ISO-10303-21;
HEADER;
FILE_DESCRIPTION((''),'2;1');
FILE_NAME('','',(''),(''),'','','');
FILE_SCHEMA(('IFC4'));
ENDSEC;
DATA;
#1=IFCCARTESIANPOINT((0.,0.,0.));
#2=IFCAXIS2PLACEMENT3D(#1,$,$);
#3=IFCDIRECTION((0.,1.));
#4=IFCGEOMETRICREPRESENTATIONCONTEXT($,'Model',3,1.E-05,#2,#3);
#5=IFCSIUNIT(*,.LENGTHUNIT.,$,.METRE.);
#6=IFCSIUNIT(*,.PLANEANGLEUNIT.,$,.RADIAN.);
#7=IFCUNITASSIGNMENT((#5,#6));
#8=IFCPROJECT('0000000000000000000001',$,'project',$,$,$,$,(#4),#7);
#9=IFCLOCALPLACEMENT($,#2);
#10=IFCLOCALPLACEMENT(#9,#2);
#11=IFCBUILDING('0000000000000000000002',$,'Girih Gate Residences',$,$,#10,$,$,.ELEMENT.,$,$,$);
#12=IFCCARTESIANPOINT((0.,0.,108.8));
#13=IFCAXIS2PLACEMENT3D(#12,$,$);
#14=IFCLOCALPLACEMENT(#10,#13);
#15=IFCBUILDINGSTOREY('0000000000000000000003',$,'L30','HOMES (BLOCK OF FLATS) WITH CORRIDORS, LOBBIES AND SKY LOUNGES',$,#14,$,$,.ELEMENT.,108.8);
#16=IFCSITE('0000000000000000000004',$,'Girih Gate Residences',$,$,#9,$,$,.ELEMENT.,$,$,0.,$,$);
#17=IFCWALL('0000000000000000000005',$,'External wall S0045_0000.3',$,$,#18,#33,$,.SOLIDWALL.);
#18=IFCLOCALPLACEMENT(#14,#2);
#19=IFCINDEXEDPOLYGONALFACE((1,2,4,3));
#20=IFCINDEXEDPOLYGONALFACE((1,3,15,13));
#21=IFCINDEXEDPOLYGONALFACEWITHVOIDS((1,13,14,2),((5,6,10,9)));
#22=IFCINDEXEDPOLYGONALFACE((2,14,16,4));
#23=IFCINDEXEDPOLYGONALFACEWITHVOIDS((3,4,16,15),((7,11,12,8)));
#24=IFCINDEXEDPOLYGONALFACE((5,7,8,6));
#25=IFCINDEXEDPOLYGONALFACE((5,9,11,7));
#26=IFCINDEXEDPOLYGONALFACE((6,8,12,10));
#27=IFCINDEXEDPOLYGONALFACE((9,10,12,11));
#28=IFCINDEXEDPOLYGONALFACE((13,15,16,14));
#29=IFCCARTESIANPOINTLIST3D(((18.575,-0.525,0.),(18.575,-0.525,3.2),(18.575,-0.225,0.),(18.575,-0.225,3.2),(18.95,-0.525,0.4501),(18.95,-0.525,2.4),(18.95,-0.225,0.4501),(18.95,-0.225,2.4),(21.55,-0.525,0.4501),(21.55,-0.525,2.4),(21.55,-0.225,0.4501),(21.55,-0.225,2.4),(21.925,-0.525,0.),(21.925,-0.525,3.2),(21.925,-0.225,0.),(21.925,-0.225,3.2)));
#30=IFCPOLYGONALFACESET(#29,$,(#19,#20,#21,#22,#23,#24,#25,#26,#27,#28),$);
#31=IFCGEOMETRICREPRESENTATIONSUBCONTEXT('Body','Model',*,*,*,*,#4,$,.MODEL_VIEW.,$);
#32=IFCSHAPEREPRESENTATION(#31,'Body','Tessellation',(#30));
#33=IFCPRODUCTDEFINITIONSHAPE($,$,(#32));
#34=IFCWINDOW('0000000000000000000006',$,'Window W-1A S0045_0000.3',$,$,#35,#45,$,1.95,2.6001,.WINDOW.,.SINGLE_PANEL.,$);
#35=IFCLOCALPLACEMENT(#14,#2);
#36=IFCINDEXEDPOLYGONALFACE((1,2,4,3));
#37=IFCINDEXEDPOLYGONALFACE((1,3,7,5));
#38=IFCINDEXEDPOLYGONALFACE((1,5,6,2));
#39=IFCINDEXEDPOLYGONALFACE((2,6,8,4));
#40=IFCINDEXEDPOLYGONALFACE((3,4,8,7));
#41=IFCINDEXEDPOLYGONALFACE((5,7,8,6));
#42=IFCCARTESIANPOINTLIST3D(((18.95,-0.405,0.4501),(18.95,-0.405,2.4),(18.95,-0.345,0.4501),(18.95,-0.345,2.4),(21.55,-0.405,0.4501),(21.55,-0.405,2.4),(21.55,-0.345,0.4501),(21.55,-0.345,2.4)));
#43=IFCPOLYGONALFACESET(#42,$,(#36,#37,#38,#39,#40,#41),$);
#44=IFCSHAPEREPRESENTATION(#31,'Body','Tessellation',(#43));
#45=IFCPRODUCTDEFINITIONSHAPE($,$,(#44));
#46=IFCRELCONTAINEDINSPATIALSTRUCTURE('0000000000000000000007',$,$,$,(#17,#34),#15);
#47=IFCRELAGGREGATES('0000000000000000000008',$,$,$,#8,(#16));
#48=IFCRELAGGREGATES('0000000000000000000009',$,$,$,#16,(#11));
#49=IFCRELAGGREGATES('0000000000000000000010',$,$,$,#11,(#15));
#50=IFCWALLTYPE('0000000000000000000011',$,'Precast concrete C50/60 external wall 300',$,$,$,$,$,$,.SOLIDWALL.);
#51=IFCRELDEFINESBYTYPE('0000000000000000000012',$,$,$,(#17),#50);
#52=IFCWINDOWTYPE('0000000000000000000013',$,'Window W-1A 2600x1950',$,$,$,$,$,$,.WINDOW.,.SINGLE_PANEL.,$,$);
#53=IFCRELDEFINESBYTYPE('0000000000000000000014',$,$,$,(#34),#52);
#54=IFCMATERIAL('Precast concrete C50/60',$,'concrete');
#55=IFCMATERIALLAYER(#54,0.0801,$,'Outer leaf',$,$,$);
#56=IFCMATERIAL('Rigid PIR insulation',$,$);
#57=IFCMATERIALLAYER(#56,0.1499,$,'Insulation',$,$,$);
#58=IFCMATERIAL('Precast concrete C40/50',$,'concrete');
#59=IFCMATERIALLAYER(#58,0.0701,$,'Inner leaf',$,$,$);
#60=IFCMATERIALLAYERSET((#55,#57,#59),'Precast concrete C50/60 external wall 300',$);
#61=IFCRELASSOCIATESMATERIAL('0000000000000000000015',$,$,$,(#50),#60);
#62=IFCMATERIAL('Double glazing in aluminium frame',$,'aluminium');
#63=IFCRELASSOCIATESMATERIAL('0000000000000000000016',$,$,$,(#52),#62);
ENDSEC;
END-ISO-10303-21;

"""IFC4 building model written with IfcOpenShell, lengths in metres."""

from ifc_helpers import new_model, si_unit, direction, frame, frame_2d, origin, place, context, subcontext, project, spatial, rectangle, extrude, material, layer, layer_set, type_object, element, fill, save


model = new_model("IFC4")

# Units and contexts
model_context = context("Model", 3, precision=1e-05, world=origin(), true_north=direction((0.0, 1.0)))
body_context = subcontext(model_context, "Body", "Model", "MODEL_VIEW")
ifc_project = project(units=[si_unit("LENGTHUNIT", "METRE"), si_unit("PLANEANGLEUNIT", "RADIAN")], contexts=[model_context])

# Site, building, storey
site_placement = place(None, origin())
site = spatial("IfcSite", under=ifc_project, at=site_placement, Name="Girih Gate Residences", CompositionType="ELEMENT", RefElevation=0.0)
building_placement = place(site_placement, origin())
building = spatial("IfcBuilding", under=site, at=building_placement, Name="Girih Gate Residences", CompositionType="ELEMENT")
storey_placement = place(building_placement, frame((0.0, 0.0, 108.8)))
storey = spatial("IfcBuildingStorey", under=building, at=storey_placement, Name="L30", Description="HOMES (BLOCK OF FLATS) WITH CORRIDORS, LOBBIES AND SKY LOUNGES", CompositionType="ELEMENT", Elevation=108.8)

# Wall, opening, window
ifc_material_1 = material(Name="Precast concrete C50/60", Category="concrete")
ifc_layer_1 = layer(ifc_material_1, 0.0801, Name="Outer leaf")
ifc_material_2 = material(Name="Rigid PIR insulation")
ifc_layer_2 = layer(ifc_material_2, 0.1499, Name="Insulation")
ifc_material_3 = material(Name="Precast concrete C40/50", Category="concrete")
ifc_layer_3 = layer(ifc_material_3, 0.0701, Name="Inner leaf")
ifc_layer_set_1 = layer_set([ifc_layer_1, ifc_layer_2, ifc_layer_3], Name="Precast concrete C50/60 external wall 300")
wall_type_1 = type_object("IfcWallType", Name="Precast concrete C50/60 external wall 300", PredefinedType="SOLIDWALL", material=ifc_layer_set_1)
ifc_material_4 = material(Name="Double glazing in aluminium frame", Category="aluminium")
window_type = type_object("IfcWindowType", Name="Window W-1A 2600x1950", PartitioningType="SINGLE_PANEL", PredefinedType="WINDOW", material=ifc_material_4)
wall_1_placement = place(storey_placement, frame((21.925, -0.375, 0.0), z_axis=(0.0, 0.0, 1.0), x_axis=(-1.0, 0.0, 0.0)))
wall_1 = element("IfcWall", 1, at=wall_1_placement, inside=storey, type_object=wall_type_1, Name="External wall S0045_0000.3", PredefinedType="SOLIDWALL", context=body_context, shape_type="SweptSolid", body=[
    extrude(rectangle(XDim=3.3501, YDim=0.3, at=frame_2d((1.675, 0.0))), origin(), (0.0, 0.0, 1.0), 3.2),
])
opening_1_placement = place(wall_1_placement, frame((0.375, 0.0, 0.45)))
opening_1 = element("IfcOpeningElement", 2, at=opening_1_placement, cuts=wall_1, PredefinedType="OPENING", context=body_context, shape_type="SweptSolid", body=[
    extrude(rectangle(XDim=2.6001, YDim=1.95, at=frame_2d((1.3, 0.9751))), frame((0.0, 0.1599, 0.0), z_axis=(0.0, -1.0, 0.0), x_axis=(1.0, 0.0, 0.0)), (0.0, 0.0, 1.0), 0.3201),
])
window_1_placement = place(opening_1_placement, origin())
window_1 = element("IfcWindow", 3, at=window_1_placement, inside=storey, type_object=window_type, Name="Window W-1A S0045_0000.3", OverallHeight=1.95, OverallWidth=2.6001, PartitioningType="SINGLE_PANEL", PredefinedType="WINDOW", context=body_context, shape_type="SweptSolid", body=[
    extrude(rectangle(XDim=2.6001, YDim=1.95, at=frame_2d((1.3, 0.9751))), frame((0.0, 0.03, 0.0), z_axis=(0.0, -1.0, 0.0), x_axis=(1.0, 0.0, 0.0)), (0.0, 0.0, 1.0), 0.0601),
])
fill(opening_1, window_1)

save(model, "model.ifc")
